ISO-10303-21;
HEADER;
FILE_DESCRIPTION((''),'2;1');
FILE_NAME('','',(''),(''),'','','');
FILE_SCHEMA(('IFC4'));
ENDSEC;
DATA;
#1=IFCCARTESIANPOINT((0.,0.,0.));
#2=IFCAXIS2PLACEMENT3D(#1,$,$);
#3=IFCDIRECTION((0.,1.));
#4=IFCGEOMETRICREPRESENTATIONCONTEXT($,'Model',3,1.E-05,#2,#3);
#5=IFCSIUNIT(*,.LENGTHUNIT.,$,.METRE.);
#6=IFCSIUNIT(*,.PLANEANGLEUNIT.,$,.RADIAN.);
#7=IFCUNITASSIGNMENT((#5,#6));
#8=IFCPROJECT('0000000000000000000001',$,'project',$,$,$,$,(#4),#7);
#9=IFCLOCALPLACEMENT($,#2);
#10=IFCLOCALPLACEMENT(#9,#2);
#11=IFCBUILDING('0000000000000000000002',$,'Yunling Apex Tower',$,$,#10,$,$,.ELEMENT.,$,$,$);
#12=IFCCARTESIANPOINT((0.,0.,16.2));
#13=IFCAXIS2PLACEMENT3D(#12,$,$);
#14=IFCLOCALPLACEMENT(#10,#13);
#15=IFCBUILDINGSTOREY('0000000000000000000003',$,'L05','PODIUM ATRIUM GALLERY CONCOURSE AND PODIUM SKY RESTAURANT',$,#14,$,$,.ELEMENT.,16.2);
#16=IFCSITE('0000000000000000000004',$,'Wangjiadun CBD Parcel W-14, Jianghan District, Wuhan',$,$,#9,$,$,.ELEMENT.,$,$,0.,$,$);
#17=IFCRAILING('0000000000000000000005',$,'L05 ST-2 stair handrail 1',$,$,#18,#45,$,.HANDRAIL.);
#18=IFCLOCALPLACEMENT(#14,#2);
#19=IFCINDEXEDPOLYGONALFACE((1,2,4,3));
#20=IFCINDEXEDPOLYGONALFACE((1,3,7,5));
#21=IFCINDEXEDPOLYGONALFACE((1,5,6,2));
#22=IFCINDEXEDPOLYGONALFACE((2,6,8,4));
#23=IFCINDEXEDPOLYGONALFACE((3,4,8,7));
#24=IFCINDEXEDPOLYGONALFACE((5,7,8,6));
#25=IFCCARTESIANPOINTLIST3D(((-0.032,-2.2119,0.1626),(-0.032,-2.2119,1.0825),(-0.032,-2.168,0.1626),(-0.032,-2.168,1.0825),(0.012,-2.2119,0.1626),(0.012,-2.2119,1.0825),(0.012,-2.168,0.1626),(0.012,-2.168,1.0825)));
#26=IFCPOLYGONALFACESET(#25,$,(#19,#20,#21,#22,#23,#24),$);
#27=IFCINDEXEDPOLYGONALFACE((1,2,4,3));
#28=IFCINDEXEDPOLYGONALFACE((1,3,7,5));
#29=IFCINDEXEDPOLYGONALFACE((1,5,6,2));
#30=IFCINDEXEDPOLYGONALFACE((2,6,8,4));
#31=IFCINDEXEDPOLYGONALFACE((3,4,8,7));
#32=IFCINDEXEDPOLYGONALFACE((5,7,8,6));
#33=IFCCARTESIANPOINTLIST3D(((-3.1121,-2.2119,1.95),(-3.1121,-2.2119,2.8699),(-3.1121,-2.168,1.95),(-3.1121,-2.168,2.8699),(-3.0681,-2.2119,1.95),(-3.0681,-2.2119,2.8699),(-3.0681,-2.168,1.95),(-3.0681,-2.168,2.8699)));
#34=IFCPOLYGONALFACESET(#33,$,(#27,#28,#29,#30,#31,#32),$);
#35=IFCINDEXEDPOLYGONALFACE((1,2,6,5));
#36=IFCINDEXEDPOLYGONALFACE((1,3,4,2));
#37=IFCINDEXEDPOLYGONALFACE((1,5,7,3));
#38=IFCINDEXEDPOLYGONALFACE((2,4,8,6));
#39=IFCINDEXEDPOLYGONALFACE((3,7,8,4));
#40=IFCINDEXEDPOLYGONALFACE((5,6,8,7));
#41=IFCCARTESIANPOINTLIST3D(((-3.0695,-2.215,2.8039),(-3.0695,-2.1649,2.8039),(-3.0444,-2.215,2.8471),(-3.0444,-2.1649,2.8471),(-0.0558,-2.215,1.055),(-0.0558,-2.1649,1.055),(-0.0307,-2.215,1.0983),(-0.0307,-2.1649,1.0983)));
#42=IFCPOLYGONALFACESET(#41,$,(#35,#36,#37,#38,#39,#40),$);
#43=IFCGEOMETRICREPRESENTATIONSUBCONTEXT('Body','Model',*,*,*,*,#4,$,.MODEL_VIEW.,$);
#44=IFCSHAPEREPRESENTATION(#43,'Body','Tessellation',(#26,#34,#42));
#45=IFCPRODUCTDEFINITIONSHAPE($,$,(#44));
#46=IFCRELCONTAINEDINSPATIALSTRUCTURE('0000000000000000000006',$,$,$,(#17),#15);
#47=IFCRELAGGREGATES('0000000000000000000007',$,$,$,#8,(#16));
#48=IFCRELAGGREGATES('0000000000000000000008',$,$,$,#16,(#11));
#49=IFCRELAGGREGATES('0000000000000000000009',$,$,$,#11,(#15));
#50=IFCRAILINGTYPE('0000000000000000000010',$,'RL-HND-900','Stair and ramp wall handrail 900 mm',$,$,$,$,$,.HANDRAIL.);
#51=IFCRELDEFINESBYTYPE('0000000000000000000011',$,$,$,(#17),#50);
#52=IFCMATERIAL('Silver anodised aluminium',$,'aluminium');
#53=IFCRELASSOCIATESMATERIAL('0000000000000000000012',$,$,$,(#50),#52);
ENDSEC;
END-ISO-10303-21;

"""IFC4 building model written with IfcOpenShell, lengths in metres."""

from ifc_helpers import new_model, si_unit, direction, frame, origin, origin_2d, place, context, subcontext, project, spatial, rectangle, extrude, material, type_object, element, save


model = new_model("IFC4")

# Units and contexts
model_context = context("Model", 3, precision=1e-05, world=origin(), true_north=direction((0.0, 1.0)))
body_context = subcontext(model_context, "Body", "Model", "MODEL_VIEW")
ifc_project = project(units=[si_unit("LENGTHUNIT", "METRE"), si_unit("PLANEANGLEUNIT", "RADIAN")], contexts=[model_context])

# Site, building, storey
site_placement = place(None, origin())
site = spatial("IfcSite", under=ifc_project, at=site_placement, Name="Wangjiadun CBD Parcel W-14, Jianghan District, Wuhan", CompositionType="ELEMENT", RefElevation=0.0)
building_placement = place(site_placement, origin())
building = spatial("IfcBuilding", under=site, at=building_placement, Name="Yunling Apex Tower", CompositionType="ELEMENT")
storey_placement = place(building_placement, frame((0.0, 0.0, 16.2)))
storey = spatial("IfcBuildingStorey", under=building, at=storey_placement, Name="L05", Description="PODIUM ATRIUM GALLERY CONCOURSE AND PODIUM SKY RESTAURANT", CompositionType="ELEMENT", Elevation=16.2)

# Railing
ifc_material_1 = material(Name="Silver anodised aluminium", Category="aluminium")
railing_type_1 = type_object("IfcRailingType", Name="RL-HND-900", Description="Stair and ramp wall handrail 900 mm", PredefinedType="HANDRAIL", material=ifc_material_1)
railing_1_placement = place(storey_placement, frame((-0.01, -2.1899, 0.1626)))
element("IfcRailing", 1, at=railing_1_placement, inside=storey, type_object=railing_type_1, Name="L05 ST-2 stair handrail 1", PredefinedType="HANDRAIL", context=body_context, shape_type="SweptSolid", body=[
    extrude(rectangle(XDim=0.0439, YDim=0.0439, at=origin_2d()), origin(), (0.0, 0.0, 1.0), 0.9199),
    extrude(rectangle(XDim=0.0439, YDim=0.0439, at=origin_2d()), frame((-3.0801, 0.0, 1.7874)), (0.0, 0.0, 1.0), 0.9199),
    extrude(rectangle(XDim=0.05, YDim=0.05, at=origin_2d()), frame((-0.0332, 0.0, 0.9141), z_axis=(-0.86492, 0.0, 0.501909), x_axis=(0.0, -1.0, 0.0)), (0.0, 0.0, 1.0), 3.4844),
])

save(model, "model.ifc")
